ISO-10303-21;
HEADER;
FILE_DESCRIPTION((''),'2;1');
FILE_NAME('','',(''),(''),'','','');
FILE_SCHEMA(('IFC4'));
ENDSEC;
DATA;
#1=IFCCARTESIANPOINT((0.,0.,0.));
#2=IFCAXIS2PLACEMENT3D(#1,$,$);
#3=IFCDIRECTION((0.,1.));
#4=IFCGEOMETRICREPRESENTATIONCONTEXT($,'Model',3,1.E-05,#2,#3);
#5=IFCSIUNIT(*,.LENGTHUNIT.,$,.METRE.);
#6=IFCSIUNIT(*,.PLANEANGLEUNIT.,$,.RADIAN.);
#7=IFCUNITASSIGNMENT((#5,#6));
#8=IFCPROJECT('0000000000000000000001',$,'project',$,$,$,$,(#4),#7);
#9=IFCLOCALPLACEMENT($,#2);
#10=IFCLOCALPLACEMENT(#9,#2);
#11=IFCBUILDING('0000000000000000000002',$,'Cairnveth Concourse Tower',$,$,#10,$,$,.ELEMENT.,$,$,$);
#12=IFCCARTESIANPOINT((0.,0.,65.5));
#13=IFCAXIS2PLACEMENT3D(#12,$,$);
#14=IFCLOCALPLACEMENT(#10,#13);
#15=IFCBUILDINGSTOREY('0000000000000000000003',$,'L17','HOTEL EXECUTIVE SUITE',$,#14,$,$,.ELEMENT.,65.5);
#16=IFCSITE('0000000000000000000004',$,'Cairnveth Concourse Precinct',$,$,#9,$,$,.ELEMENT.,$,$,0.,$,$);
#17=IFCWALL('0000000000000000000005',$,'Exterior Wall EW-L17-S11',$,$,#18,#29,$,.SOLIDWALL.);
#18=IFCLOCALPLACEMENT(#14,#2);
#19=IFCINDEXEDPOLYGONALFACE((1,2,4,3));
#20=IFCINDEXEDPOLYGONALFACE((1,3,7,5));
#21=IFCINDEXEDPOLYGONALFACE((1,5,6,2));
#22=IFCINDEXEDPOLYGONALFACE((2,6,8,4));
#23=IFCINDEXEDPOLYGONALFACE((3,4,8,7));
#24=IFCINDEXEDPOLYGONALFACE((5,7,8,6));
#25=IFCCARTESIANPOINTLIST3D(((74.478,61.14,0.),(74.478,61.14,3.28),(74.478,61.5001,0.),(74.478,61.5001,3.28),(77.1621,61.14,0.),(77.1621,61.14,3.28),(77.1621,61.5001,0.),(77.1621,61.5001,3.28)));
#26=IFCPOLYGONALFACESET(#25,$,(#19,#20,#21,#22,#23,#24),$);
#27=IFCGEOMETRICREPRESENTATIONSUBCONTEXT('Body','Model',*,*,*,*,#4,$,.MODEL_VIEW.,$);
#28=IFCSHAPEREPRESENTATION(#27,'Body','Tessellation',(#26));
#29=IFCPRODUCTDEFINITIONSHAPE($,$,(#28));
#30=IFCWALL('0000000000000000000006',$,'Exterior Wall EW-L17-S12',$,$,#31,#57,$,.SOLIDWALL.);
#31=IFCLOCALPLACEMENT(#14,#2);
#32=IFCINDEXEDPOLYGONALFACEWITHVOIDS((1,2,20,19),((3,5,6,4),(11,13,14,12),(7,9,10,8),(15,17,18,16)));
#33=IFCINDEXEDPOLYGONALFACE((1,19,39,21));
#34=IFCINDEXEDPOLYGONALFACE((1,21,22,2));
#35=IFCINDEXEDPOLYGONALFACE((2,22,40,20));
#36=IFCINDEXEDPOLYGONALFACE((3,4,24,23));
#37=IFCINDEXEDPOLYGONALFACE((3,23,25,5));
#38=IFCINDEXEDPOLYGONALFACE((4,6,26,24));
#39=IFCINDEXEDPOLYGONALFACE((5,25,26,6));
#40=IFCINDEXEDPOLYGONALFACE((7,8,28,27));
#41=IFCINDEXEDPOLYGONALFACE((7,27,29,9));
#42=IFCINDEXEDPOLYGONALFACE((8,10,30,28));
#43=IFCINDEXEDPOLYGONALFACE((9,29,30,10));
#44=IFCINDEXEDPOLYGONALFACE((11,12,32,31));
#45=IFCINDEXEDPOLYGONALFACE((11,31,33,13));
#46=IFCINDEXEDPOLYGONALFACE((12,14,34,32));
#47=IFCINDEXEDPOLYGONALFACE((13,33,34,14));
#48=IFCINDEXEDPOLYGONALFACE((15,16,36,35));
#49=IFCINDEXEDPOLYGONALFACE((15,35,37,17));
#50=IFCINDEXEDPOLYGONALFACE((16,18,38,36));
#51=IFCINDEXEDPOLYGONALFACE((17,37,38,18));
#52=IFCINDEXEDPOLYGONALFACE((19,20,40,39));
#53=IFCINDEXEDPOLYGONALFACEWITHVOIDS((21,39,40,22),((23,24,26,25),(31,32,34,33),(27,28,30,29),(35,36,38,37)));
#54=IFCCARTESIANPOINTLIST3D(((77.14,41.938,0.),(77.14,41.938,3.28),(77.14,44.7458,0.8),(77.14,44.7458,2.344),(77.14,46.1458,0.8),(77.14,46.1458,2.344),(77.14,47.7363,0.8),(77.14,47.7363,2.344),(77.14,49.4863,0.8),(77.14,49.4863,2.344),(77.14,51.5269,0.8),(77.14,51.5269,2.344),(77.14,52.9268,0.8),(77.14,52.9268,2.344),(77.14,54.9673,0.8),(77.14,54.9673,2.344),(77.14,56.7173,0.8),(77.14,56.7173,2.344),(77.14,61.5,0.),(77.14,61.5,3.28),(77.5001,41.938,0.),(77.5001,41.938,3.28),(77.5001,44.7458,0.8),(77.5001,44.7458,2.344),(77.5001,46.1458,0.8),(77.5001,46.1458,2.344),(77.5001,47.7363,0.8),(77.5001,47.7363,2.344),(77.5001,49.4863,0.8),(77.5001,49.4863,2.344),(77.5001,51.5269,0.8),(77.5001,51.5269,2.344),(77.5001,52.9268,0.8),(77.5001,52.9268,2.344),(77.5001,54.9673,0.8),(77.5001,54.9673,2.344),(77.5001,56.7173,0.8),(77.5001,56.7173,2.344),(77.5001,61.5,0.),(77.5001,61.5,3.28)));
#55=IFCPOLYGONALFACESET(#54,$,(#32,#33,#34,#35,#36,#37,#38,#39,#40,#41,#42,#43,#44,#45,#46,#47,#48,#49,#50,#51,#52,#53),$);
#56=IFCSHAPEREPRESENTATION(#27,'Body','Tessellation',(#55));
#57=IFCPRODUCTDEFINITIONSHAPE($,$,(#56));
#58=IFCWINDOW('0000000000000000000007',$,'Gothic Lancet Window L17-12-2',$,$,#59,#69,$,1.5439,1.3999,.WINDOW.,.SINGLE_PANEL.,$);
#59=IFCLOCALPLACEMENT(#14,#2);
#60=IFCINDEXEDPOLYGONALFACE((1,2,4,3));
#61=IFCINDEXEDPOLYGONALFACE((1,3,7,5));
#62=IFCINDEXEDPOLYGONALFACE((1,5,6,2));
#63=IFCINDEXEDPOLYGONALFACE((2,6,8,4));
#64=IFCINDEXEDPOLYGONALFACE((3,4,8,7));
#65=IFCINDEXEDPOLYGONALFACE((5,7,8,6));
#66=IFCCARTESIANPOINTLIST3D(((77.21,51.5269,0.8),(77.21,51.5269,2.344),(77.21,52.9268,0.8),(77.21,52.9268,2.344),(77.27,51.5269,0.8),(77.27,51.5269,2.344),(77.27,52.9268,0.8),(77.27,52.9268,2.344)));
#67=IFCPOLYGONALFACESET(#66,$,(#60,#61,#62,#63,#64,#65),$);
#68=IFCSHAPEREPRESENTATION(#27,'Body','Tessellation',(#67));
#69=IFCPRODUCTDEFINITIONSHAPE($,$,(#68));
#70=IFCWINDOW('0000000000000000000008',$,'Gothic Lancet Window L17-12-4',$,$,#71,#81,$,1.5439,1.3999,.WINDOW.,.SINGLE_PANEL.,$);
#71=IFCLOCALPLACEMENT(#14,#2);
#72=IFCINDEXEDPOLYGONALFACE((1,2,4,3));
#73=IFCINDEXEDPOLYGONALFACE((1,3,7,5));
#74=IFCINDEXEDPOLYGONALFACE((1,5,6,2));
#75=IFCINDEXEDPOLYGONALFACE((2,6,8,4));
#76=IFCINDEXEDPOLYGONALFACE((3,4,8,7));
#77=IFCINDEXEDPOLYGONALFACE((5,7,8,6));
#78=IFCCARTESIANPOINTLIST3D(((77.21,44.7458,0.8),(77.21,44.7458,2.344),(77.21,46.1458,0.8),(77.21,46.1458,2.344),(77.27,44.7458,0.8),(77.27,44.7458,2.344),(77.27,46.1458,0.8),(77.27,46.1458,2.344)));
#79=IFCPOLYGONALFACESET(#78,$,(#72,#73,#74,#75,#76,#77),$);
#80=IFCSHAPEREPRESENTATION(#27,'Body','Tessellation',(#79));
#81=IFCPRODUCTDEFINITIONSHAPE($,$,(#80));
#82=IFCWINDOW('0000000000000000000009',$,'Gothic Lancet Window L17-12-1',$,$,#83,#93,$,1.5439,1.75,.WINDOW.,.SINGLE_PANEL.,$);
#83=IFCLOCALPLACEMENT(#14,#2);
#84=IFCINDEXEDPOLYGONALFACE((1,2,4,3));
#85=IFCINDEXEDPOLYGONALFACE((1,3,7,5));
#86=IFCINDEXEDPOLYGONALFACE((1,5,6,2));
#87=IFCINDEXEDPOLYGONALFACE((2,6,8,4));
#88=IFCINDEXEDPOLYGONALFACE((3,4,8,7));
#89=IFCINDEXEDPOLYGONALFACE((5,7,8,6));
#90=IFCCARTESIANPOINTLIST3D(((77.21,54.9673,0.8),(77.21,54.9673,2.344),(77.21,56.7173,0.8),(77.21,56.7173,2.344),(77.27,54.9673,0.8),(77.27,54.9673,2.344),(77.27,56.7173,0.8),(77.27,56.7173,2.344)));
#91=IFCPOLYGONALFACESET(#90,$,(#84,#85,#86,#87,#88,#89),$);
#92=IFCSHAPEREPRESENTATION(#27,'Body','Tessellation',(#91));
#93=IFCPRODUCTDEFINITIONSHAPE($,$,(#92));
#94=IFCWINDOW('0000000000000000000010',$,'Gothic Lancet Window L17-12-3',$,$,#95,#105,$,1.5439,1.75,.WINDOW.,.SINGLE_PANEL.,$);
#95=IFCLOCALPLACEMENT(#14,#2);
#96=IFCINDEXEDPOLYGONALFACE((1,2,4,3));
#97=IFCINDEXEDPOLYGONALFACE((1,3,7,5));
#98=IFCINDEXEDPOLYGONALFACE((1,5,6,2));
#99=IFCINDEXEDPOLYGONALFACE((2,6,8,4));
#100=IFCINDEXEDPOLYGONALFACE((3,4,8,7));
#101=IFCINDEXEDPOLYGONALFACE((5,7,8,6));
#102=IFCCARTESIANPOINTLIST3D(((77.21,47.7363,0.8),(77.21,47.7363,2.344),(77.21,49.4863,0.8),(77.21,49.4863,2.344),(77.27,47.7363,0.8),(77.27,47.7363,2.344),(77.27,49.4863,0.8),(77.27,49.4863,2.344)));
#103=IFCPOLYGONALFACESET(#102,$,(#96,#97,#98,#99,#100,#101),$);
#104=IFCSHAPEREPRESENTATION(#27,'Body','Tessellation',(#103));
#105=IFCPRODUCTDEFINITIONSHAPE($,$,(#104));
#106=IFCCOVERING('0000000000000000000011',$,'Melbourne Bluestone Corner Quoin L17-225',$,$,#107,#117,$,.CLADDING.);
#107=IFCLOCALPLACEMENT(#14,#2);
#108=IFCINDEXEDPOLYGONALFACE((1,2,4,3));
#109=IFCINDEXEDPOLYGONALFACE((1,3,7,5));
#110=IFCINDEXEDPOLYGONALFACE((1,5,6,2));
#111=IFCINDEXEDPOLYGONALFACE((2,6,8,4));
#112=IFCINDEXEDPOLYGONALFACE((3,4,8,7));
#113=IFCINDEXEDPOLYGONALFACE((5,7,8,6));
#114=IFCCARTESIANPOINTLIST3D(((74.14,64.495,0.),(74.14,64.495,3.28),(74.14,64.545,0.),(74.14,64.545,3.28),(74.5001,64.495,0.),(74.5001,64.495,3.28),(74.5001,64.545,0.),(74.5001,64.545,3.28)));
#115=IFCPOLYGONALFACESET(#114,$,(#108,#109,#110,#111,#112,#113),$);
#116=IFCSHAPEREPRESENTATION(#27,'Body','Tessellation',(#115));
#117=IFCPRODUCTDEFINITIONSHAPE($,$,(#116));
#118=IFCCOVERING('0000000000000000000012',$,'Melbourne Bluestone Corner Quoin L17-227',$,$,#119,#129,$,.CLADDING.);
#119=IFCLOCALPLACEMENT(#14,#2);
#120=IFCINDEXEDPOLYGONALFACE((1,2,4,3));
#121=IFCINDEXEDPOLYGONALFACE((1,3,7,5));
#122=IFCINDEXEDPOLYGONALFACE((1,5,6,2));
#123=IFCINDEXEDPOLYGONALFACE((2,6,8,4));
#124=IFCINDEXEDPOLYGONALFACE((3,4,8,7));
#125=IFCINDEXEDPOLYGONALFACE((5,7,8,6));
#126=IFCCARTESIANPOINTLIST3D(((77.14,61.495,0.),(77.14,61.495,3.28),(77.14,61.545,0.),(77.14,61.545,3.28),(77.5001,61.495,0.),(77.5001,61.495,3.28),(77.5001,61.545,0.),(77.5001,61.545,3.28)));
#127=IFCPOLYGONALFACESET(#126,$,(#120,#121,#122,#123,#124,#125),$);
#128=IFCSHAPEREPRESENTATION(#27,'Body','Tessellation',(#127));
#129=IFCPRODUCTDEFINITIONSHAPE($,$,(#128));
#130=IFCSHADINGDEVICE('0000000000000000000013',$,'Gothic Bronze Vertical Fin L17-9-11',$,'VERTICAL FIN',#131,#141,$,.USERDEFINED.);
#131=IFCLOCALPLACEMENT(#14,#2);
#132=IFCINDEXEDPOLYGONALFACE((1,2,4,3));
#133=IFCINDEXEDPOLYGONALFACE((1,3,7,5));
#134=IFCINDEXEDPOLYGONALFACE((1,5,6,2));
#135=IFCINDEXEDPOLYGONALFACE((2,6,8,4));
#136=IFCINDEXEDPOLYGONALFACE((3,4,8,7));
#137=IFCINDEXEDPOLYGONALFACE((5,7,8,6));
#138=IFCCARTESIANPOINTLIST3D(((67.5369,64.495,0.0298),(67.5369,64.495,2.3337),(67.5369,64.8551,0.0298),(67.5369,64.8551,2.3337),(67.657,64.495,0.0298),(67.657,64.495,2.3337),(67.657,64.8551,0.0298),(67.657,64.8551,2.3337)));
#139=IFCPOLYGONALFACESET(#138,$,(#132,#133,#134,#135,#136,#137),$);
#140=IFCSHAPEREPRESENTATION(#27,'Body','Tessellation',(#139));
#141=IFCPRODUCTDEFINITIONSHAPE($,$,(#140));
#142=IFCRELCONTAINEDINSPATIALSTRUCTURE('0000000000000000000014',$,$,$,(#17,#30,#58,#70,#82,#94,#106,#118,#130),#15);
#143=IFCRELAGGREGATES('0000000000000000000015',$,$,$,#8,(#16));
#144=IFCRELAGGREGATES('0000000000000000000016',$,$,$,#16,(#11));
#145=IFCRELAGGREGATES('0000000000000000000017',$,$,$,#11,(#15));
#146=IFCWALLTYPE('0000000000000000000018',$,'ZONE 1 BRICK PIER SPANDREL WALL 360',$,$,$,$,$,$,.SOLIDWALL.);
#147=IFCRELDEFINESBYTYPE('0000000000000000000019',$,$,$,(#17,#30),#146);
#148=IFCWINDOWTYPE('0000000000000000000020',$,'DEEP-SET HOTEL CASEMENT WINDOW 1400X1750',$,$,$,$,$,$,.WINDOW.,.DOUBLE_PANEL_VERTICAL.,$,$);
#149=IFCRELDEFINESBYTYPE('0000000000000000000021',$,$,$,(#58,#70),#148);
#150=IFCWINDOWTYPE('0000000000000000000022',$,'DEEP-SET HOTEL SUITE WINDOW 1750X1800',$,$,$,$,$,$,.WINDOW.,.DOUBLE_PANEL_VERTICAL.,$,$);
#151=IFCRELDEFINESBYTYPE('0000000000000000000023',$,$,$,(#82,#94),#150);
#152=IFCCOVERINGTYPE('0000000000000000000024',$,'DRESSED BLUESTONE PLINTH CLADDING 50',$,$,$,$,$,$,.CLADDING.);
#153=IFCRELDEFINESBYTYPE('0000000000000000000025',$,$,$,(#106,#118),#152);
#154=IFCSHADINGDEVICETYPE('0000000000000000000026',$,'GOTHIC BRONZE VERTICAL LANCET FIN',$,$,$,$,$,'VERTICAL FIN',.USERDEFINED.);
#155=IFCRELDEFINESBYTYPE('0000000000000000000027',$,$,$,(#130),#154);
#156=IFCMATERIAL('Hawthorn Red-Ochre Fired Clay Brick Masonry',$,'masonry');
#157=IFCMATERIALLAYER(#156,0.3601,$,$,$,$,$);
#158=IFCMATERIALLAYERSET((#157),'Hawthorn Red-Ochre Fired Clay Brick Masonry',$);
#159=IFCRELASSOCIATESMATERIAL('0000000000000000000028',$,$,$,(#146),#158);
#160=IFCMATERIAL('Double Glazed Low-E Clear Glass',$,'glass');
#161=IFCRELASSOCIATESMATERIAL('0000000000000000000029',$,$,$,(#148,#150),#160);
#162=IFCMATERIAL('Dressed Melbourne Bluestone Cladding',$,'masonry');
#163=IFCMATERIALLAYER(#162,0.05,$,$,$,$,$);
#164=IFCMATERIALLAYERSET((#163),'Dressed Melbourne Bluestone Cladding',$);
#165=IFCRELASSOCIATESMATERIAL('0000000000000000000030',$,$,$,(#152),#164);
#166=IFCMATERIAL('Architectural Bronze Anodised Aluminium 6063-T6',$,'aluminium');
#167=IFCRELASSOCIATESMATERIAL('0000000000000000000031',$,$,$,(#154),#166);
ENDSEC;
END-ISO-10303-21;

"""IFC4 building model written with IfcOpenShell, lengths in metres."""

from ifc_helpers import new_model, si_unit, direction, frame, frame_2d, origin, origin_2d, place, context, subcontext, project, spatial, rectangle, extrude, material, layer, layer_set, type_object, element, fill, save


model = new_model("IFC4")

# Units and contexts
model_context = context("Model", 3, precision=1e-05, world=origin(), true_north=direction((0.0, 1.0)))
body_context = subcontext(model_context, "Body", "Model", "MODEL_VIEW")
ifc_project = project(units=[si_unit("LENGTHUNIT", "METRE"), si_unit("PLANEANGLEUNIT", "RADIAN")], contexts=[model_context])

# Site, building, storey
site_placement = place(None, origin())
site = spatial("IfcSite", under=ifc_project, at=site_placement, Name="Cairnveth Concourse Precinct", CompositionType="ELEMENT", RefElevation=0.0)
building_placement = place(site_placement, origin())
building = spatial("IfcBuilding", under=site, at=building_placement, Name="Cairnveth Concourse Tower", CompositionType="ELEMENT")
storey_placement = place(building_placement, frame((0.0, 0.0, 65.5)))
storey = spatial("IfcBuildingStorey", under=building, at=storey_placement, Name="L17", Description="HOTEL EXECUTIVE SUITE", CompositionType="ELEMENT", Elevation=65.5)

# Wall
ifc_material_1 = material(Name="Hawthorn Red-Ochre Fired Clay Brick Masonry", Category="masonry")
ifc_layer_1 = layer(ifc_material_1, 0.3601)
ifc_layer_set_1 = layer_set([ifc_layer_1], Name="Hawthorn Red-Ochre Fired Clay Brick Masonry")
wall_type = type_object("IfcWallType", Name="ZONE 1 BRICK PIER SPANDREL WALL 360", PredefinedType="SOLIDWALL", material=ifc_layer_set_1)
wall_1_placement = place(storey_placement, frame((74.478, 61.3201, 0.0), z_axis=(0.0, 0.0, 1.0), x_axis=(1.0, 0.0, 0.0)))
element("IfcWall", 1, at=wall_1_placement, inside=storey, type_object=wall_type, Name="Exterior Wall EW-L17-S11", PredefinedType="SOLIDWALL", context=body_context, shape_type="SweptSolid", body=[
    extrude(rectangle(XDim=2.6841, YDim=0.3601, at=frame_2d((1.342, 0.0))), origin(), (0.0, 0.0, 1.0), 3.28),
])

# Wall, openings, windows
wall_2_placement = place(storey_placement, frame((77.3201, 61.5, 0.0), z_axis=(0.0, 0.0, 1.0), x_axis=(0.0, -1.0, 0.0)))
wall_2 = element("IfcWall", 2, at=wall_2_placement, inside=storey, type_object=wall_type, Name="Exterior Wall EW-L17-S12", PredefinedType="SOLIDWALL", context=body_context, shape_type="SweptSolid", body=[
    extrude(rectangle(XDim=19.562, YDim=0.3601, at=frame_2d((9.781, 0.0))), origin(), (0.0, 0.0, 1.0), 3.28),
])
opening_1_placement = place(wall_2_placement, frame((4.7827, 0.0, 0.8)))
opening_1 = element("IfcOpeningElement", 3, at=opening_1_placement, cuts=wall_2, PredefinedType="OPENING", context=body_context, shape_type="SweptSolid", body=[
    extrude(rectangle(XDim=1.75, YDim=1.5439, at=frame_2d((0.875, 0.772))), frame((0.0, 0.1899, 0.0), z_axis=(0.0, -1.0, 0.0), x_axis=(1.0, 0.0, 0.0)), (0.0, 0.0, 1.0), 0.3801),
])
opening_2_placement = place(wall_2_placement, frame((8.5732, 0.0, 0.8)))
opening_2 = element("IfcOpeningElement", 4, at=opening_2_placement, cuts=wall_2, PredefinedType="OPENING", context=body_context, shape_type="SweptSolid", body=[
    extrude(rectangle(XDim=1.3999, YDim=1.5439, at=frame_2d((0.7, 0.772))), frame((0.0, 0.1899, 0.0), z_axis=(0.0, -1.0, 0.0), x_axis=(1.0, 0.0, 0.0)), (0.0, 0.0, 1.0), 0.3801),
])
opening_3_placement = place(wall_2_placement, frame((12.0137, 0.0, 0.8)))
opening_3 = element("IfcOpeningElement", 5, at=opening_3_placement, cuts=wall_2, PredefinedType="OPENING", context=body_context, shape_type="SweptSolid", body=[
    extrude(rectangle(XDim=1.75, YDim=1.5439, at=frame_2d((0.875, 0.772))), frame((0.0, 0.1899, 0.0), z_axis=(0.0, -1.0, 0.0), x_axis=(1.0, 0.0, 0.0)), (0.0, 0.0, 1.0), 0.3801),
])
opening_4_placement = place(wall_2_placement, frame((15.3542, 0.0, 0.8)))
opening_4 = element("IfcOpeningElement", 6, at=opening_4_placement, cuts=wall_2, PredefinedType="OPENING", context=body_context, shape_type="SweptSolid", body=[
    extrude(rectangle(XDim=1.3999, YDim=1.5439, at=frame_2d((0.7, 0.772))), frame((0.0, 0.1899, 0.0), z_axis=(0.0, -1.0, 0.0), x_axis=(1.0, 0.0, 0.0)), (0.0, 0.0, 1.0), 0.3801),
])
ifc_material_2 = material(Name="Double Glazed Low-E Clear Glass", Category="glass")
window_type_1 = type_object("IfcWindowType", Name="DEEP-SET HOTEL CASEMENT WINDOW 1400X1750", PartitioningType="DOUBLE_PANEL_VERTICAL", PredefinedType="WINDOW", material=ifc_material_2)
window_1_placement = place(opening_2_placement, origin())
window_1 = element("IfcWindow", 7, at=window_1_placement, inside=storey, type_object=window_type_1, Name="Gothic Lancet Window L17-12-2", OverallHeight=1.5439, OverallWidth=1.3999, PartitioningType="SINGLE_PANEL", PredefinedType="WINDOW", context=body_context, shape_type="SweptSolid", body=[
    extrude(rectangle(XDim=1.3999, YDim=1.5439, at=frame_2d((0.7, 0.772))), frame((0.0, -0.05, 0.0), z_axis=(0.0, -1.0, 0.0), x_axis=(1.0, 0.0, 0.0)), (0.0, 0.0, 1.0), 0.0601),
])
fill(opening_2, window_1)
window_2_placement = place(opening_4_placement, origin())
window_2 = element("IfcWindow", 8, at=window_2_placement, inside=storey, type_object=window_type_1, Name="Gothic Lancet Window L17-12-4", OverallHeight=1.5439, OverallWidth=1.3999, PartitioningType="SINGLE_PANEL", PredefinedType="WINDOW", context=body_context, shape_type="SweptSolid", body=[
    extrude(rectangle(XDim=1.3999, YDim=1.5439, at=frame_2d((0.7, 0.772))), frame((0.0, -0.05, 0.0), z_axis=(0.0, -1.0, 0.0), x_axis=(1.0, 0.0, 0.0)), (0.0, 0.0, 1.0), 0.0601),
])
fill(opening_4, window_2)
window_type_2 = type_object("IfcWindowType", Name="DEEP-SET HOTEL SUITE WINDOW 1750X1800", PartitioningType="DOUBLE_PANEL_VERTICAL", PredefinedType="WINDOW", material=ifc_material_2)
window_3_placement = place(opening_1_placement, origin())
window_3 = element("IfcWindow", 9, at=window_3_placement, inside=storey, type_object=window_type_2, Name="Gothic Lancet Window L17-12-1", OverallHeight=1.5439, OverallWidth=1.75, PartitioningType="SINGLE_PANEL", PredefinedType="WINDOW", context=body_context, shape_type="SweptSolid", body=[
    extrude(rectangle(XDim=1.75, YDim=1.5439, at=frame_2d((0.875, 0.772))), frame((0.0, -0.05, 0.0), z_axis=(0.0, -1.0, 0.0), x_axis=(1.0, 0.0, 0.0)), (0.0, 0.0, 1.0), 0.0601),
])
fill(opening_1, window_3)
window_4_placement = place(opening_3_placement, origin())
window_4 = element("IfcWindow", 10, at=window_4_placement, inside=storey, type_object=window_type_2, Name="Gothic Lancet Window L17-12-3", OverallHeight=1.5439, OverallWidth=1.75, PartitioningType="SINGLE_PANEL", PredefinedType="WINDOW", context=body_context, shape_type="SweptSolid", body=[
    extrude(rectangle(XDim=1.75, YDim=1.5439, at=frame_2d((0.875, 0.772))), frame((0.0, -0.05, 0.0), z_axis=(0.0, -1.0, 0.0), x_axis=(1.0, 0.0, 0.0)), (0.0, 0.0, 1.0), 0.0601),
])
fill(opening_3, window_4)

# Coverings
ifc_material_3 = material(Name="Dressed Melbourne Bluestone Cladding", Category="masonry")
ifc_layer_2 = layer(ifc_material_3, 0.05)
ifc_layer_set_2 = layer_set([ifc_layer_2], Name="Dressed Melbourne Bluestone Cladding")
covering_type = type_object("IfcCoveringType", Name="DRESSED BLUESTONE PLINTH CLADDING 50", PredefinedType="CLADDING", material=ifc_layer_set_2)
for number, where, z_axis, x_axis, name in (
    (11, (74.1399, 64.52, 0.0), (0.0, 0.0, 1.0), (1.0, 0.0, 0.0), "Melbourne Bluestone Corner Quoin L17-225"),
    (12, (77.1399, 61.52, 0.0), (0.0, 0.0, 1.0), (1.0, 0.0, 0.0), "Melbourne Bluestone Corner Quoin L17-227"),
):
    element("IfcCovering", number, at=place(storey_placement, frame(where, z_axis=z_axis, x_axis=x_axis)), inside=storey, type_object=covering_type, Name=name, PredefinedType="CLADDING", context=body_context, shape_type="SweptSolid", body=[
        extrude(rectangle(XDim=0.3601, YDim=0.05, at=frame_2d((0.1802, 0.0))), origin(), (0.0, 0.0, 1.0), 3.28),
    ])

# Shading device
ifc_material_4 = material(Name="Architectural Bronze Anodised Aluminium 6063-T6", Category="aluminium")
shading_device_type = type_object("IfcShadingDeviceType", Name="GOTHIC BRONZE VERTICAL LANCET FIN", ElementType="VERTICAL FIN", PredefinedType="USERDEFINED", material=ifc_material_4)
shading_device_placement = place(storey_placement, frame((67.5969, 64.675, 0.0298), z_axis=(0.0, 0.0, 1.0), x_axis=(1.0, 0.0, 0.0)))
element("IfcShadingDevice", 13, at=shading_device_placement, inside=storey, type_object=shading_device_type, Name="Gothic Bronze Vertical Fin L17-9-11", ObjectType="VERTICAL FIN", PredefinedType="USERDEFINED", context=body_context, shape_type="SweptSolid", body=[
    extrude(rectangle(XDim=0.1201, YDim=0.3601, at=origin_2d()), origin(), (0.0, 0.0, 1.0), 2.304),
])

save(model, "model.ifc")
